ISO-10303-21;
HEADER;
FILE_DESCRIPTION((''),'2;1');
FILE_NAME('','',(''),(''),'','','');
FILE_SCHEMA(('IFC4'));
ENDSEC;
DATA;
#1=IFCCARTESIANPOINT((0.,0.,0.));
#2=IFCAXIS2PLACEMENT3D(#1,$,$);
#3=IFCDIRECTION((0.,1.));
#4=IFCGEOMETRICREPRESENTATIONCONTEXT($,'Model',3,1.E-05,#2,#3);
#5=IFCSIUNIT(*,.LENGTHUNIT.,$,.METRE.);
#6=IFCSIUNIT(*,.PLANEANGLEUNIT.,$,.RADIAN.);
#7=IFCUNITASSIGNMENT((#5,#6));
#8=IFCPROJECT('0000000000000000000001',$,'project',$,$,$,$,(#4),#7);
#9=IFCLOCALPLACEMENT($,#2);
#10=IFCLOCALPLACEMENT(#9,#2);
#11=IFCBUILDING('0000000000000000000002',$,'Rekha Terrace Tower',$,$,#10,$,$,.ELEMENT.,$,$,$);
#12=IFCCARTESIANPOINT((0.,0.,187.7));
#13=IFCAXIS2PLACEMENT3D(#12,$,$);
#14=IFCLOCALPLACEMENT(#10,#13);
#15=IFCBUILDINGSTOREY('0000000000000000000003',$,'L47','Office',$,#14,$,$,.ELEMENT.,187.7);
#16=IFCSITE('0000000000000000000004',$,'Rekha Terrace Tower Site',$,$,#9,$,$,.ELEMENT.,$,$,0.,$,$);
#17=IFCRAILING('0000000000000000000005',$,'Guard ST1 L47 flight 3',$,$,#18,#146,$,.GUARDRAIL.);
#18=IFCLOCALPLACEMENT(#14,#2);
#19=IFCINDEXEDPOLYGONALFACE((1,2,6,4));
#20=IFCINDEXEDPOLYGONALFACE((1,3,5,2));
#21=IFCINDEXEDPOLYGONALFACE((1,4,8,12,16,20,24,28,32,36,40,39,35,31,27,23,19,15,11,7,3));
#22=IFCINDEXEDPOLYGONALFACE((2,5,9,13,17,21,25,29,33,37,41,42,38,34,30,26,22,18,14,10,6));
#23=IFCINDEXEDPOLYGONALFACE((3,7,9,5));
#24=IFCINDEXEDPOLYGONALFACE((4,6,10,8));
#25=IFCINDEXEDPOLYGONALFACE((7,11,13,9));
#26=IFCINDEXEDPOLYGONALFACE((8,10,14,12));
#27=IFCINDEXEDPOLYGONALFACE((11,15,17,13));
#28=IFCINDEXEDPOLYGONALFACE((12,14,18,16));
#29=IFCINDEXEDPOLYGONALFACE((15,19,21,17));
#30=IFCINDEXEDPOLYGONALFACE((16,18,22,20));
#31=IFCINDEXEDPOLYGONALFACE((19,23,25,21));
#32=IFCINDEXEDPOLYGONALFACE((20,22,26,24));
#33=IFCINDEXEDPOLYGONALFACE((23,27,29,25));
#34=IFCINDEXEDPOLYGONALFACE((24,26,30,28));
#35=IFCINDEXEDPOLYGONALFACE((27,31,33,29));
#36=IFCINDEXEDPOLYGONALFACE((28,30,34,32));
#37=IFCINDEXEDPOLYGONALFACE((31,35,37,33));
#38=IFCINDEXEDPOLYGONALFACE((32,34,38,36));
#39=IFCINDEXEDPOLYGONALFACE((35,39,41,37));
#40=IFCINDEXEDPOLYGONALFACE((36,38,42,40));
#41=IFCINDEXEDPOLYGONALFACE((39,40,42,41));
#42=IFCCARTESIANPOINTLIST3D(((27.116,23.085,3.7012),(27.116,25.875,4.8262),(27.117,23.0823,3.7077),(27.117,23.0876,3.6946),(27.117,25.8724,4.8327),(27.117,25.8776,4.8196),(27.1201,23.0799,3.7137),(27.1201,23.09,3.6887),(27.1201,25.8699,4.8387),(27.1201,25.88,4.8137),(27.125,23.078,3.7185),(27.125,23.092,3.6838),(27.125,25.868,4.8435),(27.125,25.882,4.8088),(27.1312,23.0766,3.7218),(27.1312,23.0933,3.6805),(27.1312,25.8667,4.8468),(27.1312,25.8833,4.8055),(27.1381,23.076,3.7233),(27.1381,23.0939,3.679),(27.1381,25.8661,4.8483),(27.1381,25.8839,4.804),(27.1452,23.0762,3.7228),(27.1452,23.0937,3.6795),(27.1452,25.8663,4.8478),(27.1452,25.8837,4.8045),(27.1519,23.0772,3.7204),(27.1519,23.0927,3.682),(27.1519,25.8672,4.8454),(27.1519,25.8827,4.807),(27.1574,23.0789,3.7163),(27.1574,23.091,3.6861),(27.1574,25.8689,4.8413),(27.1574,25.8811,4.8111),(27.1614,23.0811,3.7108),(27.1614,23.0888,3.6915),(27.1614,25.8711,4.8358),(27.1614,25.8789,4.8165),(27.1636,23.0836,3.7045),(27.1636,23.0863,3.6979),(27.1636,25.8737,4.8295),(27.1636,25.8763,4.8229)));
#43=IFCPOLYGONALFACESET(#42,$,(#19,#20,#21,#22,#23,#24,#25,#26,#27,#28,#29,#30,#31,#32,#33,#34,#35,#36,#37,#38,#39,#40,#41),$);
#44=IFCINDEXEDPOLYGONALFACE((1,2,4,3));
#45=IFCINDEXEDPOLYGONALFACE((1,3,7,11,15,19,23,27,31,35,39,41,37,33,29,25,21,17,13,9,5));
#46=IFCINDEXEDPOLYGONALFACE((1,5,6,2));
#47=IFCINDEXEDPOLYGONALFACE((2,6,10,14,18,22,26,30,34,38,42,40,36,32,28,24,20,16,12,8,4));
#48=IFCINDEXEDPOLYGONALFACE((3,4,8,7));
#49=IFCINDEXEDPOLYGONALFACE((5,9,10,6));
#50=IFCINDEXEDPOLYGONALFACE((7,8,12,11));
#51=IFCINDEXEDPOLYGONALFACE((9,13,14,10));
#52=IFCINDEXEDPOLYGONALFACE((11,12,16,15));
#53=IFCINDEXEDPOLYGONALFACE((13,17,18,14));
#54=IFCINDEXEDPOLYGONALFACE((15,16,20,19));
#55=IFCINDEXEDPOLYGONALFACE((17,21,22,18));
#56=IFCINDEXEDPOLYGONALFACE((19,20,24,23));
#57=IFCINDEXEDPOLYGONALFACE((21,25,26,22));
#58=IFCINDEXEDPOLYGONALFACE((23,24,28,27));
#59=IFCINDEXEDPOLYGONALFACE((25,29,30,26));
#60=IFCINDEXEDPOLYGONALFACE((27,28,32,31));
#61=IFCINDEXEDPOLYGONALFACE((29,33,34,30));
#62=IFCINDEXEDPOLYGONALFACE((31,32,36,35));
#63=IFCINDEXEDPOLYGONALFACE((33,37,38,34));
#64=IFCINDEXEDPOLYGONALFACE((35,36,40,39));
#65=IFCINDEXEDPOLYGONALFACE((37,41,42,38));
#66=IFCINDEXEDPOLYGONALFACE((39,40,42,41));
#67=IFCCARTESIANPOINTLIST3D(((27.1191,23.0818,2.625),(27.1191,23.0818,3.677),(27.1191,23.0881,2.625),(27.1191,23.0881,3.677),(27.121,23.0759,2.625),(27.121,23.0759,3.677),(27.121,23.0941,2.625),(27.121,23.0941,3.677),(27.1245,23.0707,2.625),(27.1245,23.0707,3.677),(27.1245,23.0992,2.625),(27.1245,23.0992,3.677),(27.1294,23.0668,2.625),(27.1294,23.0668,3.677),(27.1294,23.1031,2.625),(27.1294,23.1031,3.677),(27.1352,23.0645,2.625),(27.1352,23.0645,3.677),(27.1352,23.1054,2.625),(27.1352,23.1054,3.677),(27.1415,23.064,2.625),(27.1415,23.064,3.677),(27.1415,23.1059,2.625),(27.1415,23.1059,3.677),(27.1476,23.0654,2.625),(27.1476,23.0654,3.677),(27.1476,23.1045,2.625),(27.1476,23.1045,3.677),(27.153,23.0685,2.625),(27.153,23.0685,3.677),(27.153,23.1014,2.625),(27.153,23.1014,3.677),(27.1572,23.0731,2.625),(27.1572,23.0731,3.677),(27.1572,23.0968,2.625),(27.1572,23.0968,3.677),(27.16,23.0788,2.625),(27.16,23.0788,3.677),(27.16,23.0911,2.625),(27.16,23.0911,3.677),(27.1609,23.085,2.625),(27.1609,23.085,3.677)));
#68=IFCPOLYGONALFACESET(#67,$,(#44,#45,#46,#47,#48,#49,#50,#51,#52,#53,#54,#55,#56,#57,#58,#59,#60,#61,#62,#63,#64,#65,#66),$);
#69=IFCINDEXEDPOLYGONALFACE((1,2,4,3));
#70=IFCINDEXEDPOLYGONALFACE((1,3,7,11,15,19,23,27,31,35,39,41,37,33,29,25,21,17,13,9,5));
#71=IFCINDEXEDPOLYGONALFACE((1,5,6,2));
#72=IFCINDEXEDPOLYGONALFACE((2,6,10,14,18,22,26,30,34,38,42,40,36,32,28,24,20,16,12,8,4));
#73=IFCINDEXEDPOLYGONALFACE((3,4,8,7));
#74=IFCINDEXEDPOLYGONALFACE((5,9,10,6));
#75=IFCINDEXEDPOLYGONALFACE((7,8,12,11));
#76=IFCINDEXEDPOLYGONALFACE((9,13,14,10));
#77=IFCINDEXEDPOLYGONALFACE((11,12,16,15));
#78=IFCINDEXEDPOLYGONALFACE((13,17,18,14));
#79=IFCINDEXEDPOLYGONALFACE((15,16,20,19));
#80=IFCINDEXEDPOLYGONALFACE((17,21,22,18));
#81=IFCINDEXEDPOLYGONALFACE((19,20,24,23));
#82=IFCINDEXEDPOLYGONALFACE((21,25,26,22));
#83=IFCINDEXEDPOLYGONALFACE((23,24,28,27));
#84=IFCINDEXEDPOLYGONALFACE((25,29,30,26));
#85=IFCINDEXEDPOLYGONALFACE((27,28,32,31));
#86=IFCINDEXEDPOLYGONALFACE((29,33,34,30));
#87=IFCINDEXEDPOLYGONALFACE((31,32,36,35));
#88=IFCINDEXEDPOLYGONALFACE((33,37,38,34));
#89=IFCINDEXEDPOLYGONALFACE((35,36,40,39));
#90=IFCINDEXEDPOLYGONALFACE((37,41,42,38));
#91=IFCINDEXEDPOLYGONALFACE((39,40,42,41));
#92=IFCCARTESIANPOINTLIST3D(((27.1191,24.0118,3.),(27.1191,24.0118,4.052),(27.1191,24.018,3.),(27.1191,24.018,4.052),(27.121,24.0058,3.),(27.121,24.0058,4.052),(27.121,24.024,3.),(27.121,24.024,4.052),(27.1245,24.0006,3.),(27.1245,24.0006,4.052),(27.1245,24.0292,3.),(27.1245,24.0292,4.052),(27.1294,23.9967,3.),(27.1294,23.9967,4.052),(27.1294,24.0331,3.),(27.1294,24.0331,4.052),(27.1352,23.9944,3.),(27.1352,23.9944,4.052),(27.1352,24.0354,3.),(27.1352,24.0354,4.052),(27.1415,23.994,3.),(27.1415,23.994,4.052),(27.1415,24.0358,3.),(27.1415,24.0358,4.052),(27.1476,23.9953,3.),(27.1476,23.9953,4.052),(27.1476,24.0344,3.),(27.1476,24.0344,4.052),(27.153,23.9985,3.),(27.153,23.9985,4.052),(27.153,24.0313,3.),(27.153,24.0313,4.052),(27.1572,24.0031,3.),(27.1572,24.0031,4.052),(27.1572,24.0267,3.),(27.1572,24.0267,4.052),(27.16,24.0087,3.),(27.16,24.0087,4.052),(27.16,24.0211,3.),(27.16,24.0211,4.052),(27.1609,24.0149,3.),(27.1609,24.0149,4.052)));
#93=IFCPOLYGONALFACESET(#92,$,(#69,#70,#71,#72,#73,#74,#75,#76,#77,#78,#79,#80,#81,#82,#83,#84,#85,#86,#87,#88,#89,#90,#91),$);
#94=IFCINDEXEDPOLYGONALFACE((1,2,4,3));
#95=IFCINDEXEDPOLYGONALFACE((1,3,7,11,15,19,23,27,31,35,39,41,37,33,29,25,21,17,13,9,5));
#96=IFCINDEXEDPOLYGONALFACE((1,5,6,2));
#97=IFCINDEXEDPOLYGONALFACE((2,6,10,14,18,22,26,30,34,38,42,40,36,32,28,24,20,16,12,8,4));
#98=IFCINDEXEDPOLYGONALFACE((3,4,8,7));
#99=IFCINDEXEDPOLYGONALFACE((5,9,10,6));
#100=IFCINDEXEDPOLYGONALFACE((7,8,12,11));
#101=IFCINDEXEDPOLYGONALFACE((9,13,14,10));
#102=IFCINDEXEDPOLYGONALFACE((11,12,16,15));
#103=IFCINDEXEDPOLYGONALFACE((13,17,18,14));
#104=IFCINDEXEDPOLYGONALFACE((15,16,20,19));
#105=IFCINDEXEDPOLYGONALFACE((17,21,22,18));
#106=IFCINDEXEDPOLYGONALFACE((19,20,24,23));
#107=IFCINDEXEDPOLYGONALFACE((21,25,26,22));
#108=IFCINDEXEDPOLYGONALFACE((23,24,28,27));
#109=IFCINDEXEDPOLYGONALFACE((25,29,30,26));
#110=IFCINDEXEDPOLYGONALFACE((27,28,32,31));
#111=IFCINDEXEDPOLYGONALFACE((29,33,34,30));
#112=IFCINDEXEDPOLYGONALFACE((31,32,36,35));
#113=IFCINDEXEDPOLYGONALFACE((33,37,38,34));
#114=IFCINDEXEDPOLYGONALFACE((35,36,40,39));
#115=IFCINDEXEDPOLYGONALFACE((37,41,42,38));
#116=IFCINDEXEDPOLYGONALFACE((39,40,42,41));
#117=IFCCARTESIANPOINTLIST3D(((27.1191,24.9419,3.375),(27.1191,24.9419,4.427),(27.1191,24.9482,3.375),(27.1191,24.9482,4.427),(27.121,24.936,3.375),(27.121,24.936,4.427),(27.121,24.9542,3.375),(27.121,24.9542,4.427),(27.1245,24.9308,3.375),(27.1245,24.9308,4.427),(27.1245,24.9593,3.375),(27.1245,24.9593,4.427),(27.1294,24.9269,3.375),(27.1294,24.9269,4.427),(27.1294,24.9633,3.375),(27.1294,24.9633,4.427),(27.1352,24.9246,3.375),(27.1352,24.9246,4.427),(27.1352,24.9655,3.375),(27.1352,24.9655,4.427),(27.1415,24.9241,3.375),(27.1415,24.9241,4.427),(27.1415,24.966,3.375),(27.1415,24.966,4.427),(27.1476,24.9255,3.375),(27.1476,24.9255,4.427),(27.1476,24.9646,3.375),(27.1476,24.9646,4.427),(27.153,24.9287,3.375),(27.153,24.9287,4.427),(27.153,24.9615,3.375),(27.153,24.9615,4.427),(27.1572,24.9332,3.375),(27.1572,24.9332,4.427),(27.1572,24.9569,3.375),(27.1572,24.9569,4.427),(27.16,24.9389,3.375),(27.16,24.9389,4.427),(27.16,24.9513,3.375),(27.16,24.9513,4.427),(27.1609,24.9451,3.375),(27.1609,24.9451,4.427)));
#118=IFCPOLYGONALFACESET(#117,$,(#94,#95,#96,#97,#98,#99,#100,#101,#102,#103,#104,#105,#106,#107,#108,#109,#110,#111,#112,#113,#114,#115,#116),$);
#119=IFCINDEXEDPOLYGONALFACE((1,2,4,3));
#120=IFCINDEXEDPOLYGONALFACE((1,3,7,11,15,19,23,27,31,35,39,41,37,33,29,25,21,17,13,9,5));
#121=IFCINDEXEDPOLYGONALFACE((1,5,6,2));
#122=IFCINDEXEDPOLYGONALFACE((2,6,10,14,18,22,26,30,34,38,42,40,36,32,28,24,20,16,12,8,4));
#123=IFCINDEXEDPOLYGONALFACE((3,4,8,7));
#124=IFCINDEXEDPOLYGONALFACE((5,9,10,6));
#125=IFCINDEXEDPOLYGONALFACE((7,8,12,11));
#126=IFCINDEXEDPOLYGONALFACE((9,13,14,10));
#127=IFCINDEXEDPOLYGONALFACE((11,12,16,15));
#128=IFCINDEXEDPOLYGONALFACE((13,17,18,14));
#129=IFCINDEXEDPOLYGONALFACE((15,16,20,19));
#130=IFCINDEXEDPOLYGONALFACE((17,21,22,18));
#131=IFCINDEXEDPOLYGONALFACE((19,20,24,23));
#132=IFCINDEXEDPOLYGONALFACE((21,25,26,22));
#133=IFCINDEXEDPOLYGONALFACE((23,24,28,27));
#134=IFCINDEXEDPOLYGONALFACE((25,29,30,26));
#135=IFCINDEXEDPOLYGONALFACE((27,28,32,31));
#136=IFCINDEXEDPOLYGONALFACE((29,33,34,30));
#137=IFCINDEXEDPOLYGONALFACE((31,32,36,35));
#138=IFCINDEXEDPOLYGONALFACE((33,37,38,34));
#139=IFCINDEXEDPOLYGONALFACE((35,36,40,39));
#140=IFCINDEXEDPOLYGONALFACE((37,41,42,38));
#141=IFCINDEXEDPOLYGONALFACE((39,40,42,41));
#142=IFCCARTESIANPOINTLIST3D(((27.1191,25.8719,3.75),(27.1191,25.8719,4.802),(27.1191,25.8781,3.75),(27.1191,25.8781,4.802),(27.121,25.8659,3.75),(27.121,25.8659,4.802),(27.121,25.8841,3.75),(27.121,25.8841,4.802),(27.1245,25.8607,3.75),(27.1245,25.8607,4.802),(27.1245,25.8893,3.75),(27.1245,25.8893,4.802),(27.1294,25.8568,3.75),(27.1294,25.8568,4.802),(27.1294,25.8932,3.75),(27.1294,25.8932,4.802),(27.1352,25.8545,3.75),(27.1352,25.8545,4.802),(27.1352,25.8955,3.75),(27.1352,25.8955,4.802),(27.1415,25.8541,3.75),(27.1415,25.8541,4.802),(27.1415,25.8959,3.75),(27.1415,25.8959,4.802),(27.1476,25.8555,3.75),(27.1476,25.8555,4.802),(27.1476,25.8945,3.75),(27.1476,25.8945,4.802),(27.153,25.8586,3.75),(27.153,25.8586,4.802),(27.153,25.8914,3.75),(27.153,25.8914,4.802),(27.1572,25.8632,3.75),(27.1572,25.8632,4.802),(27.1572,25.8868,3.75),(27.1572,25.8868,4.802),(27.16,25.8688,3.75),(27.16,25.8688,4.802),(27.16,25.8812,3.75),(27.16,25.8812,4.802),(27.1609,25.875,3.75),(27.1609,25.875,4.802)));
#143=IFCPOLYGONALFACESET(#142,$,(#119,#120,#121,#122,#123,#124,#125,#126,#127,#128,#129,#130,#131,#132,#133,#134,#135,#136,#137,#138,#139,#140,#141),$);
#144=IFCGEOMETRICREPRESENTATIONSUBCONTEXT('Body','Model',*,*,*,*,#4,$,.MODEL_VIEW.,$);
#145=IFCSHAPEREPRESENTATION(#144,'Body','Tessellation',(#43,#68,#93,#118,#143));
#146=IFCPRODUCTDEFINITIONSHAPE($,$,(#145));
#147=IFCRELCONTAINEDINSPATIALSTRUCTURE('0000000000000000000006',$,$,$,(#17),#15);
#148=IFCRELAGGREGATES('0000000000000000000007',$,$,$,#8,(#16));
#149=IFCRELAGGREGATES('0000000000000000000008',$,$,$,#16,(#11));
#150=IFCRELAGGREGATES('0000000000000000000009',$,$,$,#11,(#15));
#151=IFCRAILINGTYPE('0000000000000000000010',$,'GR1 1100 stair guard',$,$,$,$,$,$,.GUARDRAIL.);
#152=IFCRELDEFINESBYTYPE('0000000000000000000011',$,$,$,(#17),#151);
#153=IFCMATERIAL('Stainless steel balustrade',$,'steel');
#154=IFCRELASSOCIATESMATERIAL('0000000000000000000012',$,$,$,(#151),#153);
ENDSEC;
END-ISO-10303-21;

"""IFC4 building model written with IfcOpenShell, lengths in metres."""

from ifc_helpers import new_model, si_unit, direction, frame, origin, origin_2d, place, context, subcontext, project, spatial, circle, extrude, material, type_object, element, save


model = new_model("IFC4")

# Units and contexts
model_context = context("Model", 3, precision=1e-05, world=origin(), true_north=direction((0.0, 1.0)))
body_context = subcontext(model_context, "Body", "Model", "MODEL_VIEW")
ifc_project = project(units=[si_unit("LENGTHUNIT", "METRE"), si_unit("PLANEANGLEUNIT", "RADIAN")], contexts=[model_context])

# Site, building, storey
site_placement = place(None, origin())
site = spatial("IfcSite", under=ifc_project, at=site_placement, Name="Rekha Terrace Tower Site", CompositionType="ELEMENT", RefElevation=0.0)
building_placement = place(site_placement, origin())
building = spatial("IfcBuilding", under=site, at=building_placement, Name="Rekha Terrace Tower", CompositionType="ELEMENT")
storey_placement = place(building_placement, frame((0.0, 0.0, 187.7)))
storey = spatial("IfcBuildingStorey", under=building, at=storey_placement, Name="L47", Description="Office", CompositionType="ELEMENT", Elevation=187.7)

# Railing
ifc_material_1 = material(Name="Stainless steel balustrade", Category="steel")
railing_type_1 = type_object("IfcRailingType", Name="GR1 1100 stair guard", PredefinedType="GUARDRAIL", material=ifc_material_1)
railing_1_placement = place(storey_placement, frame((27.1399, 23.085, 2.625)))
element("IfcRailing", 1, at=railing_1_placement, inside=storey, type_object=railing_type_1, Name="Guard ST1 L47 flight 3", PredefinedType="GUARDRAIL", context=body_context, shape_type="SweptSolid", body=[
    extrude(circle(Radius=0.0239, at=origin_2d()), frame((0.0, 0.0, 1.0762), z_axis=(0.0, 0.927443, 0.373964), x_axis=(-1.0, 0.0, 0.0)), (0.0, 0.0, 1.0), 3.0083),
    extrude(circle(Radius=0.021, at=origin_2d()), origin(), (0.0, 0.0, 1.0), 1.052),
    extrude(circle(Radius=0.021, at=origin_2d()), frame((0.0, 0.9299, 0.375)), (0.0, 0.0, 1.0), 1.052),
    extrude(circle(Radius=0.021, at=origin_2d()), frame((0.0, 1.8601, 0.75)), (0.0, 0.0, 1.0), 1.052),
    extrude(circle(Radius=0.021, at=origin_2d()), frame((0.0, 2.79, 1.125)), (0.0, 0.0, 1.0), 1.052),
])

save(model, "model.ifc")
